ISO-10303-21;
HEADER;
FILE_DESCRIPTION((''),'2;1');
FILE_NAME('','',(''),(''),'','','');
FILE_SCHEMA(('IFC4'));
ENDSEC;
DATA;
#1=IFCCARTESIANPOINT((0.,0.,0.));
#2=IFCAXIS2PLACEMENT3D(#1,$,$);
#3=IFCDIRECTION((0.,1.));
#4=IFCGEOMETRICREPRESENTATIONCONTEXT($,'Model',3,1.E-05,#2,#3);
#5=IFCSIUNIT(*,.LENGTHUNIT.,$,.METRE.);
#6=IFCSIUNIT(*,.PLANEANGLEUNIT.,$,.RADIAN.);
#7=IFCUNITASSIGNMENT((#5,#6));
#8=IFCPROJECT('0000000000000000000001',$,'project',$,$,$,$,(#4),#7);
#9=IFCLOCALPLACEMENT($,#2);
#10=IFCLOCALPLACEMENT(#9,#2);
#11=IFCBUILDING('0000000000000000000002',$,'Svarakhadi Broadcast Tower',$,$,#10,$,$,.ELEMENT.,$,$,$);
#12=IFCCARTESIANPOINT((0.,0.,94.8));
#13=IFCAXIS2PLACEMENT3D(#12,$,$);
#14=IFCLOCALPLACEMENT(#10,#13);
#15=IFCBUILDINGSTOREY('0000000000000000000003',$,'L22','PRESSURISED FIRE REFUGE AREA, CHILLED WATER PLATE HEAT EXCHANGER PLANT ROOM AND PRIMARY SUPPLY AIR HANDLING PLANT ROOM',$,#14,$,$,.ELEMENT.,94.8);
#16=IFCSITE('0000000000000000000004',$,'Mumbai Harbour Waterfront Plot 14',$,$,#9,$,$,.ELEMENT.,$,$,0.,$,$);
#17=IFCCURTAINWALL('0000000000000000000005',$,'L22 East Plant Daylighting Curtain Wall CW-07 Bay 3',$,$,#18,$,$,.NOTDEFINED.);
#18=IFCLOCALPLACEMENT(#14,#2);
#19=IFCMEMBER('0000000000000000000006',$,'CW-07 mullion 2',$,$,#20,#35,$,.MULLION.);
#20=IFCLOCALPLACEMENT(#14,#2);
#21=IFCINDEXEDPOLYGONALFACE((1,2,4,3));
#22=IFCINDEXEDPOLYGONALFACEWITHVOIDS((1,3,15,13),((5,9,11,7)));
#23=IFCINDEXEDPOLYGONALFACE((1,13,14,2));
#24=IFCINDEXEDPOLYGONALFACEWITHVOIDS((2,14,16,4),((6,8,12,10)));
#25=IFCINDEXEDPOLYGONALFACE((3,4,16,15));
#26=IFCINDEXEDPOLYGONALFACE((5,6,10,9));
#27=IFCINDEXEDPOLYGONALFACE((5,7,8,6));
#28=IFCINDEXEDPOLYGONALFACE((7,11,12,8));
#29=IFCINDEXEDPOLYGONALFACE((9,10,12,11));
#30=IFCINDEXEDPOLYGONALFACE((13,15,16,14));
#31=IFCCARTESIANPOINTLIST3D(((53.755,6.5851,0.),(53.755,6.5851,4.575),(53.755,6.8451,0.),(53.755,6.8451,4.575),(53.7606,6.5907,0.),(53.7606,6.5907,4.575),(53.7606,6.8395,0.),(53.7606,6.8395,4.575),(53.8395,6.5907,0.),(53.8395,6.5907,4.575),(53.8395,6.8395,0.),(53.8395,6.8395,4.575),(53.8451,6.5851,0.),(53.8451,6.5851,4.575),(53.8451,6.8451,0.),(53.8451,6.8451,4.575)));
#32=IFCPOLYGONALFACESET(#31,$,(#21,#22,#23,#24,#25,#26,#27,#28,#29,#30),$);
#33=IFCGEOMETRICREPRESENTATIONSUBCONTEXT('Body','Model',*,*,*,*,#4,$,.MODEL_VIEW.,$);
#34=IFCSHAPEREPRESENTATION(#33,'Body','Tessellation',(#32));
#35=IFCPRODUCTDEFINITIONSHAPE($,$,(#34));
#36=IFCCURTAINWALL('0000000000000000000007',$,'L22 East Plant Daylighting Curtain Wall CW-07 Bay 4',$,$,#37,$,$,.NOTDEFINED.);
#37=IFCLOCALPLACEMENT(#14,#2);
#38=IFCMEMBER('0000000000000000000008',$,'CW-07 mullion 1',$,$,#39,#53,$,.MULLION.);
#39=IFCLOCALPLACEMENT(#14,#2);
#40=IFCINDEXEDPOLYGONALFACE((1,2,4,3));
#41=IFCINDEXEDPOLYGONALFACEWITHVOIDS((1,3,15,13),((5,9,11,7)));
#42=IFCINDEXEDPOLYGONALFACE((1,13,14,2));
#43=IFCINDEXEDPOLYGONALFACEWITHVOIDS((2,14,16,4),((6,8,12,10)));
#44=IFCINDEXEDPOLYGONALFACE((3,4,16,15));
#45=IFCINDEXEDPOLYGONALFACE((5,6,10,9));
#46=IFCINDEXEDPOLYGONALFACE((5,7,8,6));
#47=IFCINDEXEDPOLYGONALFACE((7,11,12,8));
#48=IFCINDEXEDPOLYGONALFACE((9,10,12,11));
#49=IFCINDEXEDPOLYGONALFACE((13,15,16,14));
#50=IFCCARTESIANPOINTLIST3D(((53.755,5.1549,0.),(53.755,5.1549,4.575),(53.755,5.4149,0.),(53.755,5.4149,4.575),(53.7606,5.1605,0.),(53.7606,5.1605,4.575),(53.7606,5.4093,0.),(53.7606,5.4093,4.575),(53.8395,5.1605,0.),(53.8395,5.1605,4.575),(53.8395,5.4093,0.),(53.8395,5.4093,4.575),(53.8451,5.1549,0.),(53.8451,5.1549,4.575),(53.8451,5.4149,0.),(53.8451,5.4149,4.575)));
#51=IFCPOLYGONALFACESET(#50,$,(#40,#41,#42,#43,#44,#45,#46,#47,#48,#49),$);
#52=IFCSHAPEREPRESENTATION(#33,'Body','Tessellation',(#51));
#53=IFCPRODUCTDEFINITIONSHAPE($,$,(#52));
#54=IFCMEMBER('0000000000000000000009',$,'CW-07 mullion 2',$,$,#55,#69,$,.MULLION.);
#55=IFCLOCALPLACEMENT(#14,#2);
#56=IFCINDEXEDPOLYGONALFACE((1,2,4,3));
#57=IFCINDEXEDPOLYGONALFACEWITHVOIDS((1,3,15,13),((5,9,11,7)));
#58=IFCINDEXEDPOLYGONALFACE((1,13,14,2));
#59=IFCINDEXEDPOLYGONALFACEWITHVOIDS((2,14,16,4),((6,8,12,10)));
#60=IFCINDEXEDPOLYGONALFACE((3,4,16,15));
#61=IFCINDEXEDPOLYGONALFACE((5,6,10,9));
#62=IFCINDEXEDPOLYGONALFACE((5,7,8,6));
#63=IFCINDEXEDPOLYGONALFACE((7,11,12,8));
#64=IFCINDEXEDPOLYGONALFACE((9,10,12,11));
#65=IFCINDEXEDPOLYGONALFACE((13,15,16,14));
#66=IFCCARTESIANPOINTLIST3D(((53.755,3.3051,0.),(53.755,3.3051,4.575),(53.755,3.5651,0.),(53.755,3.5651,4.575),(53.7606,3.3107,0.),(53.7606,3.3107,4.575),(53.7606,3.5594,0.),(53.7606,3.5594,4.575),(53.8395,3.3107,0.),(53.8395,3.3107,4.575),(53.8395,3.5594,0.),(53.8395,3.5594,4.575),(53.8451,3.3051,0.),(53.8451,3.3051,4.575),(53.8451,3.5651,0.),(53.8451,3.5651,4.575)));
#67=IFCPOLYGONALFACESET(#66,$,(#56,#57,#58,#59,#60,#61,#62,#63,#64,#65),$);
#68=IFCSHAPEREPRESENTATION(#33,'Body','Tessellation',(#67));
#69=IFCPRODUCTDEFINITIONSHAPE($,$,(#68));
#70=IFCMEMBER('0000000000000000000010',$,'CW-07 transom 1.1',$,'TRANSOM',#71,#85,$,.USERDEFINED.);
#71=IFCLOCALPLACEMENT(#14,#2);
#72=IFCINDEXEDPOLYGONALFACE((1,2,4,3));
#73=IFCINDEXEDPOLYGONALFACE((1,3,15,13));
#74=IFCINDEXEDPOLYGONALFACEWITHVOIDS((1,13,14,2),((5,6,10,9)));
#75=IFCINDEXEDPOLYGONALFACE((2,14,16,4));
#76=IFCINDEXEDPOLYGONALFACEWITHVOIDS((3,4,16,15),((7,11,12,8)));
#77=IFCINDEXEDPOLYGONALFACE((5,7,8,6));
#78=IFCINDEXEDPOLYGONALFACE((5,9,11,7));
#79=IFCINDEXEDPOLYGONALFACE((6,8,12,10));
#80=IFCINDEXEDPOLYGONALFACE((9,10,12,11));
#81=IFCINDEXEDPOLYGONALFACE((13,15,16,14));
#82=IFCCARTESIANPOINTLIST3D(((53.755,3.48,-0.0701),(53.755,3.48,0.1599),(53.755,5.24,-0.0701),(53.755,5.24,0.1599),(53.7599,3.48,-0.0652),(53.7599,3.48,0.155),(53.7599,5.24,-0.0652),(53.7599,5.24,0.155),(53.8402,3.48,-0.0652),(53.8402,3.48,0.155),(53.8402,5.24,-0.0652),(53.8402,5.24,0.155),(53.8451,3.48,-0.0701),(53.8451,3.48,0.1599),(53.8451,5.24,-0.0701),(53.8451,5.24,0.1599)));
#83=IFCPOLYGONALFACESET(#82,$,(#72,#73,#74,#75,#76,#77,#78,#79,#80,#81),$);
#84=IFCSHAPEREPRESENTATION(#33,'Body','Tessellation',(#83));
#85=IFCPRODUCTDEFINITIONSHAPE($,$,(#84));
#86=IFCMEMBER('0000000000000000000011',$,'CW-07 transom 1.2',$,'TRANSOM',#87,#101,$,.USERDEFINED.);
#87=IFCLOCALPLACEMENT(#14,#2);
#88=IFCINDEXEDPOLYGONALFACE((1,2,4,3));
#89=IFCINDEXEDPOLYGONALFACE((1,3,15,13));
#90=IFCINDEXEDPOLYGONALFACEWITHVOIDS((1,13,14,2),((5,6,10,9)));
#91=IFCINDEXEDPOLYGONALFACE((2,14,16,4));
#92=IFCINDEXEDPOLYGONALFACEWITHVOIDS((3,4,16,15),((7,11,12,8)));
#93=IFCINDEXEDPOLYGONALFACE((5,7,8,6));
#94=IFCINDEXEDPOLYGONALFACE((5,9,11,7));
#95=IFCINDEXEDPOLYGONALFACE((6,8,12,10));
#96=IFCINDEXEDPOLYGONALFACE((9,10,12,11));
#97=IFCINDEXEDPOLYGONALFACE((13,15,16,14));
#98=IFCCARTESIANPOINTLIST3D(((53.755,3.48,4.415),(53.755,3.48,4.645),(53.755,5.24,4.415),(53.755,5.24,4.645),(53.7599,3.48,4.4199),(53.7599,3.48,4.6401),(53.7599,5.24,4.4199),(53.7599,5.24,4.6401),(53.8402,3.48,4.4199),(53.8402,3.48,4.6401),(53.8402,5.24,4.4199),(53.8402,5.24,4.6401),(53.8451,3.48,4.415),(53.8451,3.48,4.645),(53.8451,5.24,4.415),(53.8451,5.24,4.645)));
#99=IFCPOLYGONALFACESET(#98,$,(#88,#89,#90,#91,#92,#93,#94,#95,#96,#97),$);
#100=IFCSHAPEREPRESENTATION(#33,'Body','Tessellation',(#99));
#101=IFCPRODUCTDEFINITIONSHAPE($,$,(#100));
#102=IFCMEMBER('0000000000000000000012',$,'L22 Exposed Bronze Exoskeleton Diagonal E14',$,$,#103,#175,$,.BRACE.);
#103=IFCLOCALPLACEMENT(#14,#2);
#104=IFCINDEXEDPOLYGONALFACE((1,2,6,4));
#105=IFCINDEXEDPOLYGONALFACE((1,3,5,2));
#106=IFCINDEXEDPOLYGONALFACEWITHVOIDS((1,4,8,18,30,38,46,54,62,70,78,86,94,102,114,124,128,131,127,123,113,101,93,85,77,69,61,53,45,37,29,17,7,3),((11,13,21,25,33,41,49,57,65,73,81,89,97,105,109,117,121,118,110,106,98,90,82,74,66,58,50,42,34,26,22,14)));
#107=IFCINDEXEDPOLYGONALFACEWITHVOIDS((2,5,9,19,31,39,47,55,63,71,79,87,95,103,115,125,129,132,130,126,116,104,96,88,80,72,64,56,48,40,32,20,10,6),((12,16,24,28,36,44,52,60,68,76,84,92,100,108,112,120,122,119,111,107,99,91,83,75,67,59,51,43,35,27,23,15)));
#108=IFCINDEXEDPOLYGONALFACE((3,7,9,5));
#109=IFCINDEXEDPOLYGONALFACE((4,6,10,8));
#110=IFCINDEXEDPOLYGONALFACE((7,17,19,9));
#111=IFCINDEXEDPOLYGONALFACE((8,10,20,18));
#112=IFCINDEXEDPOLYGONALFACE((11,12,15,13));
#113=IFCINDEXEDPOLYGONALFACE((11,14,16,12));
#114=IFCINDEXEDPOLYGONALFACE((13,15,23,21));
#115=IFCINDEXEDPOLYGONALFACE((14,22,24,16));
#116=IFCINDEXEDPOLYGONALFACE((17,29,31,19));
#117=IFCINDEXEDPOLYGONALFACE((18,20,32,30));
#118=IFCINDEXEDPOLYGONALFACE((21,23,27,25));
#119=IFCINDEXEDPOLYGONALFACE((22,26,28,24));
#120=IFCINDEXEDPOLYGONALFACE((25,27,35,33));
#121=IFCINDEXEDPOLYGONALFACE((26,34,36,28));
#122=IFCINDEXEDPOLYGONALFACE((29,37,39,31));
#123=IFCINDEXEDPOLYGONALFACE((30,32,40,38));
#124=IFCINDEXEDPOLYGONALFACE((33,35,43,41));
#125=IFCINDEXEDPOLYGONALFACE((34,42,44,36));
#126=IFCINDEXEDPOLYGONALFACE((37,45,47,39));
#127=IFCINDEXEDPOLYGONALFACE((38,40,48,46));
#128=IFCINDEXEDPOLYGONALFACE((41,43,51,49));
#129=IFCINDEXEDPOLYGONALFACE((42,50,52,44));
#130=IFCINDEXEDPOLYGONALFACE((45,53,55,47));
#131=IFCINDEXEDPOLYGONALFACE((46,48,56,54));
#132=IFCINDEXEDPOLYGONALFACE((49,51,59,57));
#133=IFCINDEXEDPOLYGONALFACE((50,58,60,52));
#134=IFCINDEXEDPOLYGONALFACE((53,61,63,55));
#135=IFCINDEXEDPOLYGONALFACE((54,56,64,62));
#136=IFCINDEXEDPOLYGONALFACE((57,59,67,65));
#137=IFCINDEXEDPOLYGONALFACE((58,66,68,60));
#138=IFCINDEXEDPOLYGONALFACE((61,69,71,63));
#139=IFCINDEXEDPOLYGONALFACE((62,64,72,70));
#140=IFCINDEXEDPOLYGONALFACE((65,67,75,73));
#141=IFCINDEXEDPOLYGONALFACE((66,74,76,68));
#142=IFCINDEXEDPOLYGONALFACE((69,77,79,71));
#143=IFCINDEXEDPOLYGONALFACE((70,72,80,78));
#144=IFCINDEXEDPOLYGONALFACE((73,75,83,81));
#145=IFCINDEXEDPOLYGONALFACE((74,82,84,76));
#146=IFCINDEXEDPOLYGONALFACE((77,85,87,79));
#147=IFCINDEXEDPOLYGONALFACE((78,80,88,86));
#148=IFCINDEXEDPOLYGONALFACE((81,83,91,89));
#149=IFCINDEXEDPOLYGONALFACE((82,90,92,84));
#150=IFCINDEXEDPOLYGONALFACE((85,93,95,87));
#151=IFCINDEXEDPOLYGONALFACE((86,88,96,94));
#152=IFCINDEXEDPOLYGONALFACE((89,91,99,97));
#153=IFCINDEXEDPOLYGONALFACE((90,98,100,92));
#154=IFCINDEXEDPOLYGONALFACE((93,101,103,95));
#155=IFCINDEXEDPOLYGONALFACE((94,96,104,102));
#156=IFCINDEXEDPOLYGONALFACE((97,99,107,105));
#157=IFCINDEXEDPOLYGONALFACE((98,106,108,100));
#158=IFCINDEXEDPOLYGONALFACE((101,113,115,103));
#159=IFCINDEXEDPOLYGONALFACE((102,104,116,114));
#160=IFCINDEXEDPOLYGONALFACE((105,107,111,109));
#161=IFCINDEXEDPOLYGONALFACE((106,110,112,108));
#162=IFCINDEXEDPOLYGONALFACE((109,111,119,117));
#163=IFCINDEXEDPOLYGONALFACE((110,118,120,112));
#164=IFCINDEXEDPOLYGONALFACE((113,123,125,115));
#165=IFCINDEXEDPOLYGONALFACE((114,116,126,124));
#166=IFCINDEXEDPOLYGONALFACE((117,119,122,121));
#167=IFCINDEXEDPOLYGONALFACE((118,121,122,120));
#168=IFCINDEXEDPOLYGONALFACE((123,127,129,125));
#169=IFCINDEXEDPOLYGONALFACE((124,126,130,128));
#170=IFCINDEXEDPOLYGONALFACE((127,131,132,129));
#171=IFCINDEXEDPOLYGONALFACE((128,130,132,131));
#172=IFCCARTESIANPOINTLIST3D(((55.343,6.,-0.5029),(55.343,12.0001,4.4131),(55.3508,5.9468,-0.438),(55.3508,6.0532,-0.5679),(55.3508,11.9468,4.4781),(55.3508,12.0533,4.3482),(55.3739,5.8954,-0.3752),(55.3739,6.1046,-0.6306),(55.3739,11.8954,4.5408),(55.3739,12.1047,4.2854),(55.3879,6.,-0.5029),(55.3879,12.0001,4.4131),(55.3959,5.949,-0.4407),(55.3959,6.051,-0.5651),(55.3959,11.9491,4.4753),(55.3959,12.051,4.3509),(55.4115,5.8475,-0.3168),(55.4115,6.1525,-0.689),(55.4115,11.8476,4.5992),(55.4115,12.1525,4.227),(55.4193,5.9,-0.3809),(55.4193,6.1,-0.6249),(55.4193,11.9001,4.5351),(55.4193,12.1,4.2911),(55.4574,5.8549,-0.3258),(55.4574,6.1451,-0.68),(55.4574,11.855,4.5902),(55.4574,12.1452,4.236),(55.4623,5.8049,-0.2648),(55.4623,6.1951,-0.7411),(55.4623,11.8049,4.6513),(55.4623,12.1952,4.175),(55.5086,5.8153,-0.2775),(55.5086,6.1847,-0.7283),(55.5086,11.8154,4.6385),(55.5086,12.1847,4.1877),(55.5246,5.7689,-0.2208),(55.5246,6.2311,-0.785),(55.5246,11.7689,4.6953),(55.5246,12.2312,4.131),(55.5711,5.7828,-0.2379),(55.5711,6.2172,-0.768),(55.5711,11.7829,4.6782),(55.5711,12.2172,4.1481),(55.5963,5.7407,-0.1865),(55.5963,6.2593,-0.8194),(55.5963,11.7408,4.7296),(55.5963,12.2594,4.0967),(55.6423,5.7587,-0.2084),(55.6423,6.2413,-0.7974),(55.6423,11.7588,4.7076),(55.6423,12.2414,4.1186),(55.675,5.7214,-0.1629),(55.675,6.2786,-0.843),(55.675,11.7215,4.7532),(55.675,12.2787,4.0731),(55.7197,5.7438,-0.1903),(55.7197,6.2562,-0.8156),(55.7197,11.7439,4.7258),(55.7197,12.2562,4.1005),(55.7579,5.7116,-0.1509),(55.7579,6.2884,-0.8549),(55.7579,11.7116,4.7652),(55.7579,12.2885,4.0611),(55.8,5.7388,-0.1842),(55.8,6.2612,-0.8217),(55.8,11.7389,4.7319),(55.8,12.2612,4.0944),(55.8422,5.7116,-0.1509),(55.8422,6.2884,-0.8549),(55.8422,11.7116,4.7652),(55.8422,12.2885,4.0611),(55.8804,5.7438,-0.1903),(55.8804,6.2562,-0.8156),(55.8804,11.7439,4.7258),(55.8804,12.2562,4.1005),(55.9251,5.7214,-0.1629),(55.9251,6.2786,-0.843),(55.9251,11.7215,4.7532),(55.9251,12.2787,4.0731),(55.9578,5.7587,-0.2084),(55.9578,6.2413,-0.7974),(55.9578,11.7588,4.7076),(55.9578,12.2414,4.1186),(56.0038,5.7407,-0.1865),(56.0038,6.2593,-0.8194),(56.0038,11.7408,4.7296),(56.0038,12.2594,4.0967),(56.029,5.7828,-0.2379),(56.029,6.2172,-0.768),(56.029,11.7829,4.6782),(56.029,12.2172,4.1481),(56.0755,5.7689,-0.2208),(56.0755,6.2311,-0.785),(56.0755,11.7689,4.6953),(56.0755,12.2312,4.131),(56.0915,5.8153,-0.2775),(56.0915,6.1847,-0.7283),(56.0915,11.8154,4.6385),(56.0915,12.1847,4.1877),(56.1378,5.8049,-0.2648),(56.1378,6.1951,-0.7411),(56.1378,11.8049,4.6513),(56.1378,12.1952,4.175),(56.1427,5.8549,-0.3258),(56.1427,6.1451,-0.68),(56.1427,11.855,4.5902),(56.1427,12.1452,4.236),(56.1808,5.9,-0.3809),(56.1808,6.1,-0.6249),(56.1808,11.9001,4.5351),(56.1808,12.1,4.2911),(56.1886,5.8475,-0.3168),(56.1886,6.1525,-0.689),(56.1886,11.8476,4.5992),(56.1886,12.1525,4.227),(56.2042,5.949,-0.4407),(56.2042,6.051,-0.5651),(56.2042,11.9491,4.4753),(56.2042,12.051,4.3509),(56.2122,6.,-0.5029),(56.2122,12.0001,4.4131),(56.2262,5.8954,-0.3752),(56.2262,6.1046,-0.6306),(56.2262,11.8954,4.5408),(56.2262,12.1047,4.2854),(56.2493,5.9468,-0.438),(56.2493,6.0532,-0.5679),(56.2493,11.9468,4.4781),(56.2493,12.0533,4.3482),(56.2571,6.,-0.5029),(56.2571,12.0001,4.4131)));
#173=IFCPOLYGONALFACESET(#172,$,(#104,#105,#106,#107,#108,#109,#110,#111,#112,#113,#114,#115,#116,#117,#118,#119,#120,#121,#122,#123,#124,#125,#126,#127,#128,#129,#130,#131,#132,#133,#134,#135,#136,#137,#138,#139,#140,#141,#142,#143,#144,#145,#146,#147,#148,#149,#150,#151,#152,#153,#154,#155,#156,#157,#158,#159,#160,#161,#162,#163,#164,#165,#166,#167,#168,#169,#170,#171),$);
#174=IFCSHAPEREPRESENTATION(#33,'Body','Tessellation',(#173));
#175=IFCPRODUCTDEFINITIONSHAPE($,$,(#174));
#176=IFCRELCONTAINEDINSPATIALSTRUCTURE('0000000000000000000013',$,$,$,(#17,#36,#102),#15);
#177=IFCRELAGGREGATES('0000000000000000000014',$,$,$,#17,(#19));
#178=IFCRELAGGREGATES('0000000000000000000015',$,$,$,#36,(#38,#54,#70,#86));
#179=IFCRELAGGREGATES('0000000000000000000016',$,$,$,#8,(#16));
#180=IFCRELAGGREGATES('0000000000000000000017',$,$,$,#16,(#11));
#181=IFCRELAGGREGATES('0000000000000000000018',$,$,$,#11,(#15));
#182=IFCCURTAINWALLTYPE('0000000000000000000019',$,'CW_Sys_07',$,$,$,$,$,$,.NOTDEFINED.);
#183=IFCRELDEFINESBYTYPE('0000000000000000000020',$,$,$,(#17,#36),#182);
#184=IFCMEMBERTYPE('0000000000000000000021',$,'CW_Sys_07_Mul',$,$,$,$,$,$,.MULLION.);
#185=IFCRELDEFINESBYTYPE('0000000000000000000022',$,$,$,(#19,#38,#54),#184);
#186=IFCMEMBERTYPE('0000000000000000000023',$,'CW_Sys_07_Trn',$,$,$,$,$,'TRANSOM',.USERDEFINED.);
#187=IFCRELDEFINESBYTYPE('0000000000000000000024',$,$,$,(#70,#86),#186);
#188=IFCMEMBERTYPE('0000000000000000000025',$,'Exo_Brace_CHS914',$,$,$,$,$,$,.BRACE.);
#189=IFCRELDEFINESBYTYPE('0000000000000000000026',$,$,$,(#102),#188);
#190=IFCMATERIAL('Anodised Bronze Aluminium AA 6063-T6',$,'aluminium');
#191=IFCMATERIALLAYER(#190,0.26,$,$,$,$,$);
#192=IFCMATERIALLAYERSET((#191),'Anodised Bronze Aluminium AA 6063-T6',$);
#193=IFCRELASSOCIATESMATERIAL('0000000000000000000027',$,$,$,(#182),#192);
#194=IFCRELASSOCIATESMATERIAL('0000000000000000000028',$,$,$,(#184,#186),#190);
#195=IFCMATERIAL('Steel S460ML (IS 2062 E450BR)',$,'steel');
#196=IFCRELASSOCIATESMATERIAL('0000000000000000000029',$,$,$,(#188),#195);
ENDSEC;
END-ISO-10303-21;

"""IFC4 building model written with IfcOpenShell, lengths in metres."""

from ifc_helpers import new_model, si_unit, direction, frame, origin, origin_2d, place, context, subcontext, project, spatial, hollow_rectangle, hollow_circle, extrude, material, layer, layer_set, material_profile, profile_set, type_object, element, aggregate, save


model = new_model("IFC4")

# Units and contexts
model_context = context("Model", 3, precision=1e-05, world=origin(), true_north=direction((0.0, 1.0)))
body_context = subcontext(model_context, "Body", "Model", "MODEL_VIEW")
ifc_project = project(units=[si_unit("LENGTHUNIT", "METRE"), si_unit("PLANEANGLEUNIT", "RADIAN")], contexts=[model_context])

# Site, building, storey
site_placement = place(None, origin())
site = spatial("IfcSite", under=ifc_project, at=site_placement, Name="Mumbai Harbour Waterfront Plot 14", CompositionType="ELEMENT", RefElevation=0.0)
building_placement = place(site_placement, origin())
building = spatial("IfcBuilding", under=site, at=building_placement, Name="Svarakhadi Broadcast Tower", CompositionType="ELEMENT")
storey_placement = place(building_placement, frame((0.0, 0.0, 94.8)))
storey = spatial("IfcBuildingStorey", under=building, at=storey_placement, Name="L22", Description="PRESSURISED FIRE REFUGE AREA, CHILLED WATER PLATE HEAT EXCHANGER PLANT ROOM AND PRIMARY SUPPLY AIR HANDLING PLANT ROOM", CompositionType="ELEMENT", Elevation=94.8)

# Shared definitions
ifc_material_1 = material(Name="Steel S460ML (IS 2062 E450BR)", Category="steel")

# Curtain wall, member
ifc_material_2 = material(Name="Anodised Bronze Aluminium AA 6063-T6", Category="aluminium")
ifc_layer_1 = layer(ifc_material_2, 0.26)
ifc_layer_set_1 = layer_set([ifc_layer_1], Name="Anodised Bronze Aluminium AA 6063-T6")
curtain_wall_type = type_object("IfcCurtainWallType", Name="CW_Sys_07", PredefinedType="NOTDEFINED", material=ifc_layer_set_1)
curtain_wall_1_placement = place(storey_placement, origin())
curtain_wall_1 = element("IfcCurtainWall", 1, at=curtain_wall_1_placement, inside=storey, type_object=curtain_wall_type, Name="L22 East Plant Daylighting Curtain Wall CW-07 Bay 3", PredefinedType="NOTDEFINED")
ifc_material_profile_1 = material_profile(ifc_material_2, hollow_rectangle(XDim=0.0901, YDim=0.26, WallThickness=0.0056, at=origin_2d()), Name="ALU MULLION 260x90x6")
ifc_profile_set_1 = profile_set([ifc_material_profile_1], Name="Anodised Bronze Aluminium AA 6063-T6")
member_type_1 = type_object("IfcMemberType", Name="CW_Sys_07_Mul", PredefinedType="MULLION", material=ifc_profile_set_1)
member_1_placement = place(storey_placement, frame((53.8, 6.7151, 0.0), z_axis=(0.0, 0.0, 1.0), x_axis=(1.0, 0.0, 0.0)))
member_1 = element("IfcMember", 2, at=member_1_placement, type_object=member_type_1, Name="CW-07 mullion 2", PredefinedType="MULLION", context=body_context, shape_type="SweptSolid", body=[
    extrude(hollow_rectangle(XDim=0.0901, YDim=0.26, WallThickness=0.0056, at=origin_2d()), origin(), (0.0, 0.0, 1.0), 4.575),
])
aggregate(curtain_wall_1, [member_1])

# Curtain wall, members
curtain_wall_2_placement = place(storey_placement, origin())
curtain_wall_2 = element("IfcCurtainWall", 3, at=curtain_wall_2_placement, inside=storey, type_object=curtain_wall_type, Name="L22 East Plant Daylighting Curtain Wall CW-07 Bay 4", PredefinedType="NOTDEFINED")
member_2_placement = place(storey_placement, frame((53.8, 5.2849, 0.0), z_axis=(0.0, 0.0, 1.0), x_axis=(1.0, 0.0, 0.0)))
member_2 = element("IfcMember", 4, at=member_2_placement, type_object=member_type_1, Name="CW-07 mullion 1", PredefinedType="MULLION", context=body_context, shape_type="SweptSolid", body=[
    extrude(hollow_rectangle(XDim=0.0901, YDim=0.26, WallThickness=0.0056, at=origin_2d()), origin(), (0.0, 0.0, 1.0), 4.575),
])
member_3_placement = place(storey_placement, frame((53.8, 3.4351, 0.0), z_axis=(0.0, 0.0, 1.0), x_axis=(1.0, 0.0, 0.0)))
member_3 = element("IfcMember", 5, at=member_3_placement, type_object=member_type_1, Name="CW-07 mullion 2", PredefinedType="MULLION", context=body_context, shape_type="SweptSolid", body=[
    extrude(hollow_rectangle(XDim=0.0901, YDim=0.26, WallThickness=0.0056, at=origin_2d()), origin(), (0.0, 0.0, 1.0), 4.575),
])
ifc_material_profile_2 = material_profile(ifc_material_2, hollow_rectangle(XDim=0.0901, YDim=0.23, WallThickness=0.0049, at=origin_2d()), Name="ALU TRANSOM 230x90x5")
ifc_profile_set_2 = profile_set([ifc_material_profile_2], Name="Anodised Bronze Aluminium AA 6063-T6")
member_type_2 = type_object("IfcMemberType", Name="CW_Sys_07_Trn", ElementType="TRANSOM", PredefinedType="USERDEFINED", material=ifc_profile_set_2)
member_4_placement = place(storey_placement, frame((53.8, 5.24, 0.0449), z_axis=(0.0, -1.0, 0.0), x_axis=(1.0, 0.0, 0.0)))
member_4 = element("IfcMember", 6, at=member_4_placement, type_object=member_type_2, Name="CW-07 transom 1.1", ObjectType="TRANSOM", PredefinedType="USERDEFINED", context=body_context, shape_type="SweptSolid", body=[
    extrude(hollow_rectangle(XDim=0.0901, YDim=0.23, WallThickness=0.0049, at=origin_2d()), origin(), (0.0, 0.0, 1.0), 1.76),
])
member_5_placement = place(storey_placement, frame((53.8, 5.24, 4.53), z_axis=(0.0, -1.0, 0.0), x_axis=(1.0, 0.0, 0.0)))
member_5 = element("IfcMember", 7, at=member_5_placement, type_object=member_type_2, Name="CW-07 transom 1.2", ObjectType="TRANSOM", PredefinedType="USERDEFINED", context=body_context, shape_type="SweptSolid", body=[
    extrude(hollow_rectangle(XDim=0.0901, YDim=0.23, WallThickness=0.0049, at=origin_2d()), origin(), (0.0, 0.0, 1.0), 1.76),
])

# Member
ifc_material_profile_3 = material_profile(ifc_material_1, hollow_circle(Radius=0.457, WallThickness=0.0449, at=origin_2d()), Name="CHS 914x45")
ifc_profile_set_3 = profile_set([ifc_material_profile_3], Name="Steel S460ML (IS 2062 E450BR)")
member_type_3 = type_object("IfcMemberType", Name="Exo_Brace_CHS914", PredefinedType="BRACE", material=ifc_profile_set_3)
member_6_placement = place(storey_placement, frame((55.8, 6.0, -0.5029), z_axis=(0.0, 0.77352, 0.633772), x_axis=(-1.0, 0.0, 0.0)))
element("IfcMember", 8, at=member_6_placement, inside=storey, type_object=member_type_3, Name="L22 Exposed Bronze Exoskeleton Diagonal E14", PredefinedType="BRACE", context=body_context, shape_type="SweptSolid", body=[
    extrude(hollow_circle(Radius=0.457, WallThickness=0.0449, at=origin_2d()), origin(), (0.0, 0.0, 1.0), 7.7568),
])

aggregate(curtain_wall_2, [member_2, member_3, member_4, member_5])

save(model, "model.ifc")
